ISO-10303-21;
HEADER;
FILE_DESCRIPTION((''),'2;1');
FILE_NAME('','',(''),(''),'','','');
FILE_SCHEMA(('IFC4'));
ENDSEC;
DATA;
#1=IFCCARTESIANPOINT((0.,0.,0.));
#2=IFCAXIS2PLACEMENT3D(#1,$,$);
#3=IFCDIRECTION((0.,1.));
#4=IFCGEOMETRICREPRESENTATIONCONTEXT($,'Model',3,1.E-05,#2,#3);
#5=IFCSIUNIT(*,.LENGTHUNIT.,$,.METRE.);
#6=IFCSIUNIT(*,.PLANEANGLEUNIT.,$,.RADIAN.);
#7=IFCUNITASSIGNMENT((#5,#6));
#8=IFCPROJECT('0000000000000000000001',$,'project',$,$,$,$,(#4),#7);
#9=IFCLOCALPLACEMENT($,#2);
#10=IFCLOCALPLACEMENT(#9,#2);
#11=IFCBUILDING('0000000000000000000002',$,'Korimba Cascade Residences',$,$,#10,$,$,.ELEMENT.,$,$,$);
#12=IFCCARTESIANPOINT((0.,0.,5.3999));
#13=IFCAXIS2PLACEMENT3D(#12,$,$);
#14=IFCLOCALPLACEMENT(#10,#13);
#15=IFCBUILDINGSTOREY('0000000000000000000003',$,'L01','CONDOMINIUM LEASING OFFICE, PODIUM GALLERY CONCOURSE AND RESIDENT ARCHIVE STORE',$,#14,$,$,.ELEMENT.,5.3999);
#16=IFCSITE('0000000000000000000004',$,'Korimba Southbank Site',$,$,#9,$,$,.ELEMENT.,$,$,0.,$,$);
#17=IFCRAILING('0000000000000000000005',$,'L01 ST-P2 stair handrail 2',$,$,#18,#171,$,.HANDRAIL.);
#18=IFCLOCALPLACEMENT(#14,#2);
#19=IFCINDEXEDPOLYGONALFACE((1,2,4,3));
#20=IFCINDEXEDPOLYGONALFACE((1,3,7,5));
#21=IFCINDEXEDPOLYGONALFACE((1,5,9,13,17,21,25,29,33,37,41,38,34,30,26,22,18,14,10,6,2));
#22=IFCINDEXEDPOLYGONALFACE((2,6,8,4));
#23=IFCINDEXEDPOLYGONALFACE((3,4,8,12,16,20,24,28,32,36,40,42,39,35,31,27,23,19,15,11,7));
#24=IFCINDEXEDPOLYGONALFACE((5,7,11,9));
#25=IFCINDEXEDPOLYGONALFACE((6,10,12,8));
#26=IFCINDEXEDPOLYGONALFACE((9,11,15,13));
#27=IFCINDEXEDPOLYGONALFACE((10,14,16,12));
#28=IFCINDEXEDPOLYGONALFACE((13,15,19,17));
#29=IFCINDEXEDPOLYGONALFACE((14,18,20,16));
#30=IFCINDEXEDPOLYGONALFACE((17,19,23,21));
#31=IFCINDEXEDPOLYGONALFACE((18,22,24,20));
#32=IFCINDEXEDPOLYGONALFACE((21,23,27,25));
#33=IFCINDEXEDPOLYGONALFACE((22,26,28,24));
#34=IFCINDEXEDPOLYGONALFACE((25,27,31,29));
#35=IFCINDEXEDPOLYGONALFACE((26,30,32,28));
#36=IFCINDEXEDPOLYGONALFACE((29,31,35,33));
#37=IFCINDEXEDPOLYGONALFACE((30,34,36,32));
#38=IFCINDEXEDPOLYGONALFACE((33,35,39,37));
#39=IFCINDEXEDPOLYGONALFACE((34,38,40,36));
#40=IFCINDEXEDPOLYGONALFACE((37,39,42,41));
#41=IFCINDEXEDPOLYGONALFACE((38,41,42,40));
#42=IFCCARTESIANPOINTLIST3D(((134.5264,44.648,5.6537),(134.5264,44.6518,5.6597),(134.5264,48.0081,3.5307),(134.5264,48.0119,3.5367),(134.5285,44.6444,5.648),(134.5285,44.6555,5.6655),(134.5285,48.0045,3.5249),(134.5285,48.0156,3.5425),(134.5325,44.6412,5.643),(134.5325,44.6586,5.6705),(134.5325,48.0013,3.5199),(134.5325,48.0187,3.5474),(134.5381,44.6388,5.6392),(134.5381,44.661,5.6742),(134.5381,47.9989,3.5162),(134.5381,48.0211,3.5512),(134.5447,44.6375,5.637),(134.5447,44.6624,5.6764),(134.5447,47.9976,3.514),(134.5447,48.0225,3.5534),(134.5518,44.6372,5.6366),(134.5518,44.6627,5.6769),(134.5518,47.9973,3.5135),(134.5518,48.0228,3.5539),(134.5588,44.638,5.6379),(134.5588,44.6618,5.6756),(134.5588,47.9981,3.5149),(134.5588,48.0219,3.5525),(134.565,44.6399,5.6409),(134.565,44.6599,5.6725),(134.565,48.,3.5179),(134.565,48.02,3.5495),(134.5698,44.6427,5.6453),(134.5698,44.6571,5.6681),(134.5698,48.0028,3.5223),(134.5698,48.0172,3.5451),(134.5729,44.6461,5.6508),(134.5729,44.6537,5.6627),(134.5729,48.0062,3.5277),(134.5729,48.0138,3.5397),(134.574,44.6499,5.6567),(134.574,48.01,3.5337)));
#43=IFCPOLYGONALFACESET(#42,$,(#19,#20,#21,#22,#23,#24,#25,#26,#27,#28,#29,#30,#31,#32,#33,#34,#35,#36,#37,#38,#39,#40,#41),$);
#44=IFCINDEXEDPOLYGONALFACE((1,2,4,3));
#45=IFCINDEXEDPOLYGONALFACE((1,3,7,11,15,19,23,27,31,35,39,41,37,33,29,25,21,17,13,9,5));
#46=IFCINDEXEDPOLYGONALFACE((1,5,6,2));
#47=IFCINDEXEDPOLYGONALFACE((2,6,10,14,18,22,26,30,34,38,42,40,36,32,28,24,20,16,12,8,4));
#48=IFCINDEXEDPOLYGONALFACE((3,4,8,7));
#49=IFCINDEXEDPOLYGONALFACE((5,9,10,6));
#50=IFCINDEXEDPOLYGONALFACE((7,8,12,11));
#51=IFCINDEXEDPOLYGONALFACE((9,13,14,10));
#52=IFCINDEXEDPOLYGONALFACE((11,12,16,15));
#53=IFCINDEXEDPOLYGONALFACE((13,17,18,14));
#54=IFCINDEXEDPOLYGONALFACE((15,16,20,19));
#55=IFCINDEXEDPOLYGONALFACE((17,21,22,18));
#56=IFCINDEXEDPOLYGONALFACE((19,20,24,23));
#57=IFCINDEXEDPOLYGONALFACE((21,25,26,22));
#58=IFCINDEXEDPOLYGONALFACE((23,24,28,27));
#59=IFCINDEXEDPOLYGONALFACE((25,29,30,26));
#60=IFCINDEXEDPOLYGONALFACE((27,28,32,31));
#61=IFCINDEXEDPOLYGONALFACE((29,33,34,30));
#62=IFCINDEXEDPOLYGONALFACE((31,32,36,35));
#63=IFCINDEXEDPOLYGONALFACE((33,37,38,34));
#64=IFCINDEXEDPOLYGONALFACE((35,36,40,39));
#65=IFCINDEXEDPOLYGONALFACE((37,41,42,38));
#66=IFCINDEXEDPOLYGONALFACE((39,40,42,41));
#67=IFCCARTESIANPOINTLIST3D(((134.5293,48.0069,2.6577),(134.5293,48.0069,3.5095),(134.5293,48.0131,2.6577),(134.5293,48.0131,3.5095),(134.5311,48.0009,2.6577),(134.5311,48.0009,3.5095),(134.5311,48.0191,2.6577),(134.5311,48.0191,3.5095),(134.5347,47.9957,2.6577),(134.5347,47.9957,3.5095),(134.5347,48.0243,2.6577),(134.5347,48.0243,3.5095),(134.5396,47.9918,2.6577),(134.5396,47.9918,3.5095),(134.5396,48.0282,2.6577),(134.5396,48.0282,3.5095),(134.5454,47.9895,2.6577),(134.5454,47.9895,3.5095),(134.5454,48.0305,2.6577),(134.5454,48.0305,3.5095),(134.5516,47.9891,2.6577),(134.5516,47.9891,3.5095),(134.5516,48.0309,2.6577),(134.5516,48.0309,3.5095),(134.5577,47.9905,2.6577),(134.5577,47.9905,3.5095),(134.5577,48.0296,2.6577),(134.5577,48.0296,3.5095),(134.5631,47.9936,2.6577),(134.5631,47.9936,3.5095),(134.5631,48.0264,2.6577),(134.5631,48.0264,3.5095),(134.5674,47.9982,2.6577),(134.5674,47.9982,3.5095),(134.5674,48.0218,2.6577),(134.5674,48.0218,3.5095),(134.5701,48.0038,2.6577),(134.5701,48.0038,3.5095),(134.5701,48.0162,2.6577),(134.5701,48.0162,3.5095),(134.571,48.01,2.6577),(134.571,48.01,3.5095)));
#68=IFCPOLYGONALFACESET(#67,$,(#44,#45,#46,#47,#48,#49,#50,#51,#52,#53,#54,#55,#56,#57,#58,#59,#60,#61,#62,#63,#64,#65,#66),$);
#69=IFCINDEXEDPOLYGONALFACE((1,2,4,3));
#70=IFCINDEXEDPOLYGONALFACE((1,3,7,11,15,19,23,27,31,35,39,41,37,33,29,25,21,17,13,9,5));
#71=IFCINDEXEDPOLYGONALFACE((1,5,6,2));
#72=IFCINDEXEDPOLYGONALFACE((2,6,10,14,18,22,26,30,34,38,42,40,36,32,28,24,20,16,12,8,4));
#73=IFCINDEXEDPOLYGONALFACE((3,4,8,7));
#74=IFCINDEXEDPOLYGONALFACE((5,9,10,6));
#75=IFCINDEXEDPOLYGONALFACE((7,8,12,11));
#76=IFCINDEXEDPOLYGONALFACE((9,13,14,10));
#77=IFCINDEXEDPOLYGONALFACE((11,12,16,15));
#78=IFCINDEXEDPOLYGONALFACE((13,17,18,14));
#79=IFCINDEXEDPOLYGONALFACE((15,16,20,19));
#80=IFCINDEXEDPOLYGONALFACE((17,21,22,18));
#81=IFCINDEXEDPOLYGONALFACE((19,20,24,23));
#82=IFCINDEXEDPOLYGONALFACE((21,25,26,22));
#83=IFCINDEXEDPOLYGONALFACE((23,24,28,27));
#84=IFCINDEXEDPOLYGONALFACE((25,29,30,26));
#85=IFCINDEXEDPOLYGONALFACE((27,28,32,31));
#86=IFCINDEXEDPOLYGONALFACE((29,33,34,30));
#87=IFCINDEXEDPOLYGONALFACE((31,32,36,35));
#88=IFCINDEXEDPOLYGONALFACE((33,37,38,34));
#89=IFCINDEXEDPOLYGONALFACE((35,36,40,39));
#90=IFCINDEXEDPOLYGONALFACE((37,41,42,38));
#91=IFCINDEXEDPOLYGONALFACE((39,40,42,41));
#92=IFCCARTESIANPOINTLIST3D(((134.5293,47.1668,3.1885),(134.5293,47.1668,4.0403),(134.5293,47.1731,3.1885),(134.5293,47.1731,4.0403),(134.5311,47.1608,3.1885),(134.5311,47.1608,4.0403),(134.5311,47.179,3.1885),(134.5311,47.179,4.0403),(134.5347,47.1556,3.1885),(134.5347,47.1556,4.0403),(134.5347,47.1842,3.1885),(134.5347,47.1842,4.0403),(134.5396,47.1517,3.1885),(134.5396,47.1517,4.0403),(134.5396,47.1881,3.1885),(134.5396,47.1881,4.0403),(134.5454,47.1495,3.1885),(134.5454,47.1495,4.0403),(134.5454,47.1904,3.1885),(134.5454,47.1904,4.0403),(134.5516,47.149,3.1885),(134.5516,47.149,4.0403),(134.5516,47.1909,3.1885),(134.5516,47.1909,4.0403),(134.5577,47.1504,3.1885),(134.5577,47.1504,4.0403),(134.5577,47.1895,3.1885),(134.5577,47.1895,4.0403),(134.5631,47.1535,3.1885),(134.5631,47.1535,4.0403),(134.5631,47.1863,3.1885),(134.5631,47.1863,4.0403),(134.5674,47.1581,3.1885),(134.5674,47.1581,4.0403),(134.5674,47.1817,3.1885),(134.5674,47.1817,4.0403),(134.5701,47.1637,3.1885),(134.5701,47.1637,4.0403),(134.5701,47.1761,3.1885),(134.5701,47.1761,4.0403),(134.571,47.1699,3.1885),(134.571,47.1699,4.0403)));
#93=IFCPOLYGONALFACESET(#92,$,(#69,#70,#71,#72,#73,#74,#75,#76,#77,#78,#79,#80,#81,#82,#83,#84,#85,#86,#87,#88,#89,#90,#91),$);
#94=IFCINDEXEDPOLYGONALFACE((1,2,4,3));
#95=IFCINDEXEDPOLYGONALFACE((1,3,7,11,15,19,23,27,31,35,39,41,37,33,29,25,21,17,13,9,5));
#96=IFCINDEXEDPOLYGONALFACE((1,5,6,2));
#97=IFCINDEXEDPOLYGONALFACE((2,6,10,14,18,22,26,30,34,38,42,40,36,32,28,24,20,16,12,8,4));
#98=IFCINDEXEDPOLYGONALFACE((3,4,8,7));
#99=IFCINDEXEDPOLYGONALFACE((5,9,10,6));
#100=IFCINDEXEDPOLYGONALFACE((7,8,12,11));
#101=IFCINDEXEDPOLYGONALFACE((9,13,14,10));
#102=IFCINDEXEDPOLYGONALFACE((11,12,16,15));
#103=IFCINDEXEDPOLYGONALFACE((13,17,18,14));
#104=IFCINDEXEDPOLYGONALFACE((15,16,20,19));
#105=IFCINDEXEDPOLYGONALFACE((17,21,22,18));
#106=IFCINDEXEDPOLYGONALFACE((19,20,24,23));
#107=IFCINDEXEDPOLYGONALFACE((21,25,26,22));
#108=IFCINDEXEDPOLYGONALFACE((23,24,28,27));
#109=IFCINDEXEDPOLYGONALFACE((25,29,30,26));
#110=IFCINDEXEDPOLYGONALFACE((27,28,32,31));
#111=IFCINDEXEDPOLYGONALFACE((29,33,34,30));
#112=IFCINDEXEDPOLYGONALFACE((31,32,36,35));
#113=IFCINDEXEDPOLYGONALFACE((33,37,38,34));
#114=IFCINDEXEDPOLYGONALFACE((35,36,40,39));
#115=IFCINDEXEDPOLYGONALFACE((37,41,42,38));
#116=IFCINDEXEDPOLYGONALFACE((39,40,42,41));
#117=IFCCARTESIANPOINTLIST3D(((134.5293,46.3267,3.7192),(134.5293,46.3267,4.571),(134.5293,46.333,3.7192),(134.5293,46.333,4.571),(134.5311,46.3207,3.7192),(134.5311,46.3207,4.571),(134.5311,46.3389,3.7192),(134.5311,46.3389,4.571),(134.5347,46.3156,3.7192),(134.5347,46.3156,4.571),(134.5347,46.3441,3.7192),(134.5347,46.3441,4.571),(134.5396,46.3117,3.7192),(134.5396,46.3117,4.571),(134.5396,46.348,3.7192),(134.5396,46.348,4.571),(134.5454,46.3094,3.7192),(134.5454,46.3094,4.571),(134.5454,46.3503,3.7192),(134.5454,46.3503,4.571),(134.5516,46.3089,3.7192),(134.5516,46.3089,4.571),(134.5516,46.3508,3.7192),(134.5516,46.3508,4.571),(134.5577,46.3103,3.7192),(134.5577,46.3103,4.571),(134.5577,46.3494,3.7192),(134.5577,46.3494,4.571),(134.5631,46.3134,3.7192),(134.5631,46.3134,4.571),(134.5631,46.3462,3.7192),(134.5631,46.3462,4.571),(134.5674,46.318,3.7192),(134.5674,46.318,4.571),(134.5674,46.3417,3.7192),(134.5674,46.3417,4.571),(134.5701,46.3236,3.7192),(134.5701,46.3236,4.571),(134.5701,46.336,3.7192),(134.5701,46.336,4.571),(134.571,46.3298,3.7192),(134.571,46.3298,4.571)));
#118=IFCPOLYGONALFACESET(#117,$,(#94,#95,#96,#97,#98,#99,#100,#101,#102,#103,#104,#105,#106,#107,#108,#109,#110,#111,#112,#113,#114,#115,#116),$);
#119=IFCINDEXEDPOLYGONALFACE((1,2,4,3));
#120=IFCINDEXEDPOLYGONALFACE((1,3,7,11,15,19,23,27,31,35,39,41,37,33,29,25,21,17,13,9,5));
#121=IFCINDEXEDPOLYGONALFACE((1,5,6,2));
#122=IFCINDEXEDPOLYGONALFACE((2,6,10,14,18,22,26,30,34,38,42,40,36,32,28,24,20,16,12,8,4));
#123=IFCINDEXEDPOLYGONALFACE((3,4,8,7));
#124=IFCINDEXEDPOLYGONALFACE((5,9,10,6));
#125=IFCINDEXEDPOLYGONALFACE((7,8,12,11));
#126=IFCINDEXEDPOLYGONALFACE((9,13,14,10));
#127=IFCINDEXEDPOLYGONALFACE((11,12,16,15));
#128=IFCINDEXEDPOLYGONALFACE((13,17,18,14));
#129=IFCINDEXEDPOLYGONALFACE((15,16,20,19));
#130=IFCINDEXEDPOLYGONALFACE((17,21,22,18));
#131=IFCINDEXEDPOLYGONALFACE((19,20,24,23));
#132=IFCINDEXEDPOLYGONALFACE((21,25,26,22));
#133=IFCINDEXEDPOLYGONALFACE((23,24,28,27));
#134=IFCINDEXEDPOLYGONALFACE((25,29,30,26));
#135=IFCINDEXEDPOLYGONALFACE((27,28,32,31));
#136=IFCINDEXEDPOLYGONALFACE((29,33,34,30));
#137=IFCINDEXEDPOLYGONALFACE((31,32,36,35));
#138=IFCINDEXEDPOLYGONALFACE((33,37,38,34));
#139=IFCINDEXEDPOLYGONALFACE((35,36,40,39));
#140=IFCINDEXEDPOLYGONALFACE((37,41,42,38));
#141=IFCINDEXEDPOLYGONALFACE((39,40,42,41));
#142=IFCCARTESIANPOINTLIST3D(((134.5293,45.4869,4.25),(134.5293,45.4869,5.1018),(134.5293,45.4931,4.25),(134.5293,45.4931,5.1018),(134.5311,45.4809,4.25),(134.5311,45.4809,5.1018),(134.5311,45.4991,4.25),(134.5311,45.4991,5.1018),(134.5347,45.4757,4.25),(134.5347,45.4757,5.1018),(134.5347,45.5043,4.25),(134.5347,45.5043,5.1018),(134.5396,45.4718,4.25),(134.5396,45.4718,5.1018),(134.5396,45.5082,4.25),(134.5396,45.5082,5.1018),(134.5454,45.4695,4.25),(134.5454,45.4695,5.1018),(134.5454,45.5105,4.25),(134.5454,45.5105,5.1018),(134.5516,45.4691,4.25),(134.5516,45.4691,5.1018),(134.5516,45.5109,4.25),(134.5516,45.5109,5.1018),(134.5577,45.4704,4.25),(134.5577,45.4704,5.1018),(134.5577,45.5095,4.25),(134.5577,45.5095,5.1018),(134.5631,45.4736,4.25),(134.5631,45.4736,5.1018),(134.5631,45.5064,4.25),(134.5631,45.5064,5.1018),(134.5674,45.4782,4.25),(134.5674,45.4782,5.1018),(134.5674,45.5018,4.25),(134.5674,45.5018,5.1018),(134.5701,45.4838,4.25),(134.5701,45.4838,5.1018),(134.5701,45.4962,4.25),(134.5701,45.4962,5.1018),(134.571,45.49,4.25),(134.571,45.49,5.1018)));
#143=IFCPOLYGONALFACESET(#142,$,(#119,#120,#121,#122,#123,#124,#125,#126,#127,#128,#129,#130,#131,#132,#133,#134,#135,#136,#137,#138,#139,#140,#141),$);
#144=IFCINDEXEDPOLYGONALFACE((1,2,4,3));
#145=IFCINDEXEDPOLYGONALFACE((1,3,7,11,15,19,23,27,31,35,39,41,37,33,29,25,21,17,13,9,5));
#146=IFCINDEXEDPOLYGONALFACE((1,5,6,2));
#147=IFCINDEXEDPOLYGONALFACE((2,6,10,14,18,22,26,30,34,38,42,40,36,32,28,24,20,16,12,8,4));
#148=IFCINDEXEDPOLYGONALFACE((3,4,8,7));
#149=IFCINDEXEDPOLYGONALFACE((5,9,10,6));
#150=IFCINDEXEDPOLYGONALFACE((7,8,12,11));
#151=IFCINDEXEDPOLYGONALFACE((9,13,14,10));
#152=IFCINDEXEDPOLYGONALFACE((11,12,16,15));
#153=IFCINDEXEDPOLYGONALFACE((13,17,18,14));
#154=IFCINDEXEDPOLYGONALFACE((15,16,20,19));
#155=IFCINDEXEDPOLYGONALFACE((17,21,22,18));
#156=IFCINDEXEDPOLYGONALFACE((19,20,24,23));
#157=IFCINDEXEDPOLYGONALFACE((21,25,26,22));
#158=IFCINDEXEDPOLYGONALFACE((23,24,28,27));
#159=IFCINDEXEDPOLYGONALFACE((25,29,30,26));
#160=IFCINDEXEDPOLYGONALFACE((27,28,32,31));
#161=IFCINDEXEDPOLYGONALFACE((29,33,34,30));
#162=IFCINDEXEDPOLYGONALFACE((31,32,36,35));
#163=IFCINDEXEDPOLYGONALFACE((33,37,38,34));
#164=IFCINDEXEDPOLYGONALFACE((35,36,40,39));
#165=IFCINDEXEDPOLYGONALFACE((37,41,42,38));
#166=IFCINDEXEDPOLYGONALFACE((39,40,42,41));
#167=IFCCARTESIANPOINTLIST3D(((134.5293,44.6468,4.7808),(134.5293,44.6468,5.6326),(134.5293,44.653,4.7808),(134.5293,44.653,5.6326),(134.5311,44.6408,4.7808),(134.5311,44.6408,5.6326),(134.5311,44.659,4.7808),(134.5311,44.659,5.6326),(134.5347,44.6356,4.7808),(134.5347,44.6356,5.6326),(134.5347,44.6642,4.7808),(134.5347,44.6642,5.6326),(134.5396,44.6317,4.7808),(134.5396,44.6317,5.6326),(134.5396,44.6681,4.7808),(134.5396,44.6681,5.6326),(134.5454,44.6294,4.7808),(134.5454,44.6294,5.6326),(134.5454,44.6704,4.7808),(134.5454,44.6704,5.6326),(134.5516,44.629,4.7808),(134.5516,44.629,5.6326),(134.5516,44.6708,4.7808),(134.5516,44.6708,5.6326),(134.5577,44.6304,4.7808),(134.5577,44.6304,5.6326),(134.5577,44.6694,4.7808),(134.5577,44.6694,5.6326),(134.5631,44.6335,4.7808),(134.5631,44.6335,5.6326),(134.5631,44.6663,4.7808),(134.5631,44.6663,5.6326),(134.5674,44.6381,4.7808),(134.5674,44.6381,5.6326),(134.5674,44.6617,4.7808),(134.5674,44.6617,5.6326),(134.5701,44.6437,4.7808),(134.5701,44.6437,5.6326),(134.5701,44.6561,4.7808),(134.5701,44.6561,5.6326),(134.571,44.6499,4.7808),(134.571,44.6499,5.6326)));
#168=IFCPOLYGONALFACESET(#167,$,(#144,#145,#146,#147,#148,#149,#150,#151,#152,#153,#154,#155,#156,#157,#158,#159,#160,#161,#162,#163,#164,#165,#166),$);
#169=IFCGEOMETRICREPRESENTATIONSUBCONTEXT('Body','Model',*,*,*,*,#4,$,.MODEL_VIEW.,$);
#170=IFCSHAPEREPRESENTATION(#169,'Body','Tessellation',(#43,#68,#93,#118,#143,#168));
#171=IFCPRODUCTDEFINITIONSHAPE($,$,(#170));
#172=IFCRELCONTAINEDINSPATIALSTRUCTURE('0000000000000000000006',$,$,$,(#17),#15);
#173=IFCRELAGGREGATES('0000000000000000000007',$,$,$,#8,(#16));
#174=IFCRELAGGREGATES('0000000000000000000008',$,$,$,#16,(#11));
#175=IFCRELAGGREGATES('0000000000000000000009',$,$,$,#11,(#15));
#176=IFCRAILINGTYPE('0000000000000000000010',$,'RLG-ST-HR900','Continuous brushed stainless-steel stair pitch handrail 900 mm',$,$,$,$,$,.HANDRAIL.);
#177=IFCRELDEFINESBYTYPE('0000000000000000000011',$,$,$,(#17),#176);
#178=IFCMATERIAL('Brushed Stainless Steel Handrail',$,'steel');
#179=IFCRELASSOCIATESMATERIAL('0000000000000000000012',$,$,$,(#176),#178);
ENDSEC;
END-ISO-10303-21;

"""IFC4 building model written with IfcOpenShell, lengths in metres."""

from ifc_helpers import new_model, si_unit, direction, frame, origin, origin_2d, place, context, subcontext, project, spatial, circle, extrude, material, type_object, element, save


model = new_model("IFC4")

# Units and contexts
model_context = context("Model", 3, precision=1e-05, world=origin(), true_north=direction((0.0, 1.0)))
body_context = subcontext(model_context, "Body", "Model", "MODEL_VIEW")
ifc_project = project(units=[si_unit("LENGTHUNIT", "METRE"), si_unit("PLANEANGLEUNIT", "RADIAN")], contexts=[model_context])

# Site, building, storey
site_placement = place(None, origin())
site = spatial("IfcSite", under=ifc_project, at=site_placement, Name="Korimba Southbank Site", CompositionType="ELEMENT", RefElevation=0.0)
building_placement = place(site_placement, origin())
building = spatial("IfcBuilding", under=site, at=building_placement, Name="Korimba Cascade Residences", CompositionType="ELEMENT")
storey_placement = place(building_placement, frame((0.0, 0.0, 5.3999)))
storey = spatial("IfcBuildingStorey", under=building, at=storey_placement, Name="L01", Description="CONDOMINIUM LEASING OFFICE, PODIUM GALLERY CONCOURSE AND RESIDENT ARCHIVE STORE", CompositionType="ELEMENT", Elevation=5.3999)

# Railing
ifc_material_1 = material(Name="Brushed Stainless Steel Handrail", Category="steel")
railing_type_1 = type_object("IfcRailingType", Name="RLG-ST-HR900", Description="Continuous brushed stainless-steel stair pitch handrail 900 mm", PredefinedType="HANDRAIL", material=ifc_material_1)
railing_1_placement = place(storey_placement, frame((134.55, 48.01, 2.6577)))
element("IfcRailing", 1, at=railing_1_placement, inside=storey, type_object=railing_type_1, Name="L01 ST-P2 stair handrail 2", PredefinedType="HANDRAIL", context=body_context, shape_type="SweptSolid", body=[
    extrude(circle(Radius=0.0239, at=origin_2d()), frame((0.0, 0.0, 0.876), z_axis=(0.0, -0.84539, 0.53415), x_axis=(1.0, 0.0, 0.0)), (0.0, 0.0, 1.0), 3.9746),
    extrude(circle(Radius=0.021, at=origin_2d()), origin(), (0.0, 0.0, 1.0), 0.8518),
    extrude(circle(Radius=0.021, at=origin_2d()), frame((0.0, -0.8401, 0.5308)), (0.0, 0.0, 1.0), 0.8518),
    extrude(circle(Radius=0.021, at=origin_2d()), frame((0.0, -1.6802, 1.0615)), (0.0, 0.0, 1.0), 0.8518),
    extrude(circle(Radius=0.021, at=origin_2d()), frame((0.0, -2.52, 1.5923)), (0.0, 0.0, 1.0), 0.8518),
    extrude(circle(Radius=0.021, at=origin_2d()), frame((0.0, -3.3601, 2.123)), (0.0, 0.0, 1.0), 0.8518),
])

save(model, "model.ifc")
